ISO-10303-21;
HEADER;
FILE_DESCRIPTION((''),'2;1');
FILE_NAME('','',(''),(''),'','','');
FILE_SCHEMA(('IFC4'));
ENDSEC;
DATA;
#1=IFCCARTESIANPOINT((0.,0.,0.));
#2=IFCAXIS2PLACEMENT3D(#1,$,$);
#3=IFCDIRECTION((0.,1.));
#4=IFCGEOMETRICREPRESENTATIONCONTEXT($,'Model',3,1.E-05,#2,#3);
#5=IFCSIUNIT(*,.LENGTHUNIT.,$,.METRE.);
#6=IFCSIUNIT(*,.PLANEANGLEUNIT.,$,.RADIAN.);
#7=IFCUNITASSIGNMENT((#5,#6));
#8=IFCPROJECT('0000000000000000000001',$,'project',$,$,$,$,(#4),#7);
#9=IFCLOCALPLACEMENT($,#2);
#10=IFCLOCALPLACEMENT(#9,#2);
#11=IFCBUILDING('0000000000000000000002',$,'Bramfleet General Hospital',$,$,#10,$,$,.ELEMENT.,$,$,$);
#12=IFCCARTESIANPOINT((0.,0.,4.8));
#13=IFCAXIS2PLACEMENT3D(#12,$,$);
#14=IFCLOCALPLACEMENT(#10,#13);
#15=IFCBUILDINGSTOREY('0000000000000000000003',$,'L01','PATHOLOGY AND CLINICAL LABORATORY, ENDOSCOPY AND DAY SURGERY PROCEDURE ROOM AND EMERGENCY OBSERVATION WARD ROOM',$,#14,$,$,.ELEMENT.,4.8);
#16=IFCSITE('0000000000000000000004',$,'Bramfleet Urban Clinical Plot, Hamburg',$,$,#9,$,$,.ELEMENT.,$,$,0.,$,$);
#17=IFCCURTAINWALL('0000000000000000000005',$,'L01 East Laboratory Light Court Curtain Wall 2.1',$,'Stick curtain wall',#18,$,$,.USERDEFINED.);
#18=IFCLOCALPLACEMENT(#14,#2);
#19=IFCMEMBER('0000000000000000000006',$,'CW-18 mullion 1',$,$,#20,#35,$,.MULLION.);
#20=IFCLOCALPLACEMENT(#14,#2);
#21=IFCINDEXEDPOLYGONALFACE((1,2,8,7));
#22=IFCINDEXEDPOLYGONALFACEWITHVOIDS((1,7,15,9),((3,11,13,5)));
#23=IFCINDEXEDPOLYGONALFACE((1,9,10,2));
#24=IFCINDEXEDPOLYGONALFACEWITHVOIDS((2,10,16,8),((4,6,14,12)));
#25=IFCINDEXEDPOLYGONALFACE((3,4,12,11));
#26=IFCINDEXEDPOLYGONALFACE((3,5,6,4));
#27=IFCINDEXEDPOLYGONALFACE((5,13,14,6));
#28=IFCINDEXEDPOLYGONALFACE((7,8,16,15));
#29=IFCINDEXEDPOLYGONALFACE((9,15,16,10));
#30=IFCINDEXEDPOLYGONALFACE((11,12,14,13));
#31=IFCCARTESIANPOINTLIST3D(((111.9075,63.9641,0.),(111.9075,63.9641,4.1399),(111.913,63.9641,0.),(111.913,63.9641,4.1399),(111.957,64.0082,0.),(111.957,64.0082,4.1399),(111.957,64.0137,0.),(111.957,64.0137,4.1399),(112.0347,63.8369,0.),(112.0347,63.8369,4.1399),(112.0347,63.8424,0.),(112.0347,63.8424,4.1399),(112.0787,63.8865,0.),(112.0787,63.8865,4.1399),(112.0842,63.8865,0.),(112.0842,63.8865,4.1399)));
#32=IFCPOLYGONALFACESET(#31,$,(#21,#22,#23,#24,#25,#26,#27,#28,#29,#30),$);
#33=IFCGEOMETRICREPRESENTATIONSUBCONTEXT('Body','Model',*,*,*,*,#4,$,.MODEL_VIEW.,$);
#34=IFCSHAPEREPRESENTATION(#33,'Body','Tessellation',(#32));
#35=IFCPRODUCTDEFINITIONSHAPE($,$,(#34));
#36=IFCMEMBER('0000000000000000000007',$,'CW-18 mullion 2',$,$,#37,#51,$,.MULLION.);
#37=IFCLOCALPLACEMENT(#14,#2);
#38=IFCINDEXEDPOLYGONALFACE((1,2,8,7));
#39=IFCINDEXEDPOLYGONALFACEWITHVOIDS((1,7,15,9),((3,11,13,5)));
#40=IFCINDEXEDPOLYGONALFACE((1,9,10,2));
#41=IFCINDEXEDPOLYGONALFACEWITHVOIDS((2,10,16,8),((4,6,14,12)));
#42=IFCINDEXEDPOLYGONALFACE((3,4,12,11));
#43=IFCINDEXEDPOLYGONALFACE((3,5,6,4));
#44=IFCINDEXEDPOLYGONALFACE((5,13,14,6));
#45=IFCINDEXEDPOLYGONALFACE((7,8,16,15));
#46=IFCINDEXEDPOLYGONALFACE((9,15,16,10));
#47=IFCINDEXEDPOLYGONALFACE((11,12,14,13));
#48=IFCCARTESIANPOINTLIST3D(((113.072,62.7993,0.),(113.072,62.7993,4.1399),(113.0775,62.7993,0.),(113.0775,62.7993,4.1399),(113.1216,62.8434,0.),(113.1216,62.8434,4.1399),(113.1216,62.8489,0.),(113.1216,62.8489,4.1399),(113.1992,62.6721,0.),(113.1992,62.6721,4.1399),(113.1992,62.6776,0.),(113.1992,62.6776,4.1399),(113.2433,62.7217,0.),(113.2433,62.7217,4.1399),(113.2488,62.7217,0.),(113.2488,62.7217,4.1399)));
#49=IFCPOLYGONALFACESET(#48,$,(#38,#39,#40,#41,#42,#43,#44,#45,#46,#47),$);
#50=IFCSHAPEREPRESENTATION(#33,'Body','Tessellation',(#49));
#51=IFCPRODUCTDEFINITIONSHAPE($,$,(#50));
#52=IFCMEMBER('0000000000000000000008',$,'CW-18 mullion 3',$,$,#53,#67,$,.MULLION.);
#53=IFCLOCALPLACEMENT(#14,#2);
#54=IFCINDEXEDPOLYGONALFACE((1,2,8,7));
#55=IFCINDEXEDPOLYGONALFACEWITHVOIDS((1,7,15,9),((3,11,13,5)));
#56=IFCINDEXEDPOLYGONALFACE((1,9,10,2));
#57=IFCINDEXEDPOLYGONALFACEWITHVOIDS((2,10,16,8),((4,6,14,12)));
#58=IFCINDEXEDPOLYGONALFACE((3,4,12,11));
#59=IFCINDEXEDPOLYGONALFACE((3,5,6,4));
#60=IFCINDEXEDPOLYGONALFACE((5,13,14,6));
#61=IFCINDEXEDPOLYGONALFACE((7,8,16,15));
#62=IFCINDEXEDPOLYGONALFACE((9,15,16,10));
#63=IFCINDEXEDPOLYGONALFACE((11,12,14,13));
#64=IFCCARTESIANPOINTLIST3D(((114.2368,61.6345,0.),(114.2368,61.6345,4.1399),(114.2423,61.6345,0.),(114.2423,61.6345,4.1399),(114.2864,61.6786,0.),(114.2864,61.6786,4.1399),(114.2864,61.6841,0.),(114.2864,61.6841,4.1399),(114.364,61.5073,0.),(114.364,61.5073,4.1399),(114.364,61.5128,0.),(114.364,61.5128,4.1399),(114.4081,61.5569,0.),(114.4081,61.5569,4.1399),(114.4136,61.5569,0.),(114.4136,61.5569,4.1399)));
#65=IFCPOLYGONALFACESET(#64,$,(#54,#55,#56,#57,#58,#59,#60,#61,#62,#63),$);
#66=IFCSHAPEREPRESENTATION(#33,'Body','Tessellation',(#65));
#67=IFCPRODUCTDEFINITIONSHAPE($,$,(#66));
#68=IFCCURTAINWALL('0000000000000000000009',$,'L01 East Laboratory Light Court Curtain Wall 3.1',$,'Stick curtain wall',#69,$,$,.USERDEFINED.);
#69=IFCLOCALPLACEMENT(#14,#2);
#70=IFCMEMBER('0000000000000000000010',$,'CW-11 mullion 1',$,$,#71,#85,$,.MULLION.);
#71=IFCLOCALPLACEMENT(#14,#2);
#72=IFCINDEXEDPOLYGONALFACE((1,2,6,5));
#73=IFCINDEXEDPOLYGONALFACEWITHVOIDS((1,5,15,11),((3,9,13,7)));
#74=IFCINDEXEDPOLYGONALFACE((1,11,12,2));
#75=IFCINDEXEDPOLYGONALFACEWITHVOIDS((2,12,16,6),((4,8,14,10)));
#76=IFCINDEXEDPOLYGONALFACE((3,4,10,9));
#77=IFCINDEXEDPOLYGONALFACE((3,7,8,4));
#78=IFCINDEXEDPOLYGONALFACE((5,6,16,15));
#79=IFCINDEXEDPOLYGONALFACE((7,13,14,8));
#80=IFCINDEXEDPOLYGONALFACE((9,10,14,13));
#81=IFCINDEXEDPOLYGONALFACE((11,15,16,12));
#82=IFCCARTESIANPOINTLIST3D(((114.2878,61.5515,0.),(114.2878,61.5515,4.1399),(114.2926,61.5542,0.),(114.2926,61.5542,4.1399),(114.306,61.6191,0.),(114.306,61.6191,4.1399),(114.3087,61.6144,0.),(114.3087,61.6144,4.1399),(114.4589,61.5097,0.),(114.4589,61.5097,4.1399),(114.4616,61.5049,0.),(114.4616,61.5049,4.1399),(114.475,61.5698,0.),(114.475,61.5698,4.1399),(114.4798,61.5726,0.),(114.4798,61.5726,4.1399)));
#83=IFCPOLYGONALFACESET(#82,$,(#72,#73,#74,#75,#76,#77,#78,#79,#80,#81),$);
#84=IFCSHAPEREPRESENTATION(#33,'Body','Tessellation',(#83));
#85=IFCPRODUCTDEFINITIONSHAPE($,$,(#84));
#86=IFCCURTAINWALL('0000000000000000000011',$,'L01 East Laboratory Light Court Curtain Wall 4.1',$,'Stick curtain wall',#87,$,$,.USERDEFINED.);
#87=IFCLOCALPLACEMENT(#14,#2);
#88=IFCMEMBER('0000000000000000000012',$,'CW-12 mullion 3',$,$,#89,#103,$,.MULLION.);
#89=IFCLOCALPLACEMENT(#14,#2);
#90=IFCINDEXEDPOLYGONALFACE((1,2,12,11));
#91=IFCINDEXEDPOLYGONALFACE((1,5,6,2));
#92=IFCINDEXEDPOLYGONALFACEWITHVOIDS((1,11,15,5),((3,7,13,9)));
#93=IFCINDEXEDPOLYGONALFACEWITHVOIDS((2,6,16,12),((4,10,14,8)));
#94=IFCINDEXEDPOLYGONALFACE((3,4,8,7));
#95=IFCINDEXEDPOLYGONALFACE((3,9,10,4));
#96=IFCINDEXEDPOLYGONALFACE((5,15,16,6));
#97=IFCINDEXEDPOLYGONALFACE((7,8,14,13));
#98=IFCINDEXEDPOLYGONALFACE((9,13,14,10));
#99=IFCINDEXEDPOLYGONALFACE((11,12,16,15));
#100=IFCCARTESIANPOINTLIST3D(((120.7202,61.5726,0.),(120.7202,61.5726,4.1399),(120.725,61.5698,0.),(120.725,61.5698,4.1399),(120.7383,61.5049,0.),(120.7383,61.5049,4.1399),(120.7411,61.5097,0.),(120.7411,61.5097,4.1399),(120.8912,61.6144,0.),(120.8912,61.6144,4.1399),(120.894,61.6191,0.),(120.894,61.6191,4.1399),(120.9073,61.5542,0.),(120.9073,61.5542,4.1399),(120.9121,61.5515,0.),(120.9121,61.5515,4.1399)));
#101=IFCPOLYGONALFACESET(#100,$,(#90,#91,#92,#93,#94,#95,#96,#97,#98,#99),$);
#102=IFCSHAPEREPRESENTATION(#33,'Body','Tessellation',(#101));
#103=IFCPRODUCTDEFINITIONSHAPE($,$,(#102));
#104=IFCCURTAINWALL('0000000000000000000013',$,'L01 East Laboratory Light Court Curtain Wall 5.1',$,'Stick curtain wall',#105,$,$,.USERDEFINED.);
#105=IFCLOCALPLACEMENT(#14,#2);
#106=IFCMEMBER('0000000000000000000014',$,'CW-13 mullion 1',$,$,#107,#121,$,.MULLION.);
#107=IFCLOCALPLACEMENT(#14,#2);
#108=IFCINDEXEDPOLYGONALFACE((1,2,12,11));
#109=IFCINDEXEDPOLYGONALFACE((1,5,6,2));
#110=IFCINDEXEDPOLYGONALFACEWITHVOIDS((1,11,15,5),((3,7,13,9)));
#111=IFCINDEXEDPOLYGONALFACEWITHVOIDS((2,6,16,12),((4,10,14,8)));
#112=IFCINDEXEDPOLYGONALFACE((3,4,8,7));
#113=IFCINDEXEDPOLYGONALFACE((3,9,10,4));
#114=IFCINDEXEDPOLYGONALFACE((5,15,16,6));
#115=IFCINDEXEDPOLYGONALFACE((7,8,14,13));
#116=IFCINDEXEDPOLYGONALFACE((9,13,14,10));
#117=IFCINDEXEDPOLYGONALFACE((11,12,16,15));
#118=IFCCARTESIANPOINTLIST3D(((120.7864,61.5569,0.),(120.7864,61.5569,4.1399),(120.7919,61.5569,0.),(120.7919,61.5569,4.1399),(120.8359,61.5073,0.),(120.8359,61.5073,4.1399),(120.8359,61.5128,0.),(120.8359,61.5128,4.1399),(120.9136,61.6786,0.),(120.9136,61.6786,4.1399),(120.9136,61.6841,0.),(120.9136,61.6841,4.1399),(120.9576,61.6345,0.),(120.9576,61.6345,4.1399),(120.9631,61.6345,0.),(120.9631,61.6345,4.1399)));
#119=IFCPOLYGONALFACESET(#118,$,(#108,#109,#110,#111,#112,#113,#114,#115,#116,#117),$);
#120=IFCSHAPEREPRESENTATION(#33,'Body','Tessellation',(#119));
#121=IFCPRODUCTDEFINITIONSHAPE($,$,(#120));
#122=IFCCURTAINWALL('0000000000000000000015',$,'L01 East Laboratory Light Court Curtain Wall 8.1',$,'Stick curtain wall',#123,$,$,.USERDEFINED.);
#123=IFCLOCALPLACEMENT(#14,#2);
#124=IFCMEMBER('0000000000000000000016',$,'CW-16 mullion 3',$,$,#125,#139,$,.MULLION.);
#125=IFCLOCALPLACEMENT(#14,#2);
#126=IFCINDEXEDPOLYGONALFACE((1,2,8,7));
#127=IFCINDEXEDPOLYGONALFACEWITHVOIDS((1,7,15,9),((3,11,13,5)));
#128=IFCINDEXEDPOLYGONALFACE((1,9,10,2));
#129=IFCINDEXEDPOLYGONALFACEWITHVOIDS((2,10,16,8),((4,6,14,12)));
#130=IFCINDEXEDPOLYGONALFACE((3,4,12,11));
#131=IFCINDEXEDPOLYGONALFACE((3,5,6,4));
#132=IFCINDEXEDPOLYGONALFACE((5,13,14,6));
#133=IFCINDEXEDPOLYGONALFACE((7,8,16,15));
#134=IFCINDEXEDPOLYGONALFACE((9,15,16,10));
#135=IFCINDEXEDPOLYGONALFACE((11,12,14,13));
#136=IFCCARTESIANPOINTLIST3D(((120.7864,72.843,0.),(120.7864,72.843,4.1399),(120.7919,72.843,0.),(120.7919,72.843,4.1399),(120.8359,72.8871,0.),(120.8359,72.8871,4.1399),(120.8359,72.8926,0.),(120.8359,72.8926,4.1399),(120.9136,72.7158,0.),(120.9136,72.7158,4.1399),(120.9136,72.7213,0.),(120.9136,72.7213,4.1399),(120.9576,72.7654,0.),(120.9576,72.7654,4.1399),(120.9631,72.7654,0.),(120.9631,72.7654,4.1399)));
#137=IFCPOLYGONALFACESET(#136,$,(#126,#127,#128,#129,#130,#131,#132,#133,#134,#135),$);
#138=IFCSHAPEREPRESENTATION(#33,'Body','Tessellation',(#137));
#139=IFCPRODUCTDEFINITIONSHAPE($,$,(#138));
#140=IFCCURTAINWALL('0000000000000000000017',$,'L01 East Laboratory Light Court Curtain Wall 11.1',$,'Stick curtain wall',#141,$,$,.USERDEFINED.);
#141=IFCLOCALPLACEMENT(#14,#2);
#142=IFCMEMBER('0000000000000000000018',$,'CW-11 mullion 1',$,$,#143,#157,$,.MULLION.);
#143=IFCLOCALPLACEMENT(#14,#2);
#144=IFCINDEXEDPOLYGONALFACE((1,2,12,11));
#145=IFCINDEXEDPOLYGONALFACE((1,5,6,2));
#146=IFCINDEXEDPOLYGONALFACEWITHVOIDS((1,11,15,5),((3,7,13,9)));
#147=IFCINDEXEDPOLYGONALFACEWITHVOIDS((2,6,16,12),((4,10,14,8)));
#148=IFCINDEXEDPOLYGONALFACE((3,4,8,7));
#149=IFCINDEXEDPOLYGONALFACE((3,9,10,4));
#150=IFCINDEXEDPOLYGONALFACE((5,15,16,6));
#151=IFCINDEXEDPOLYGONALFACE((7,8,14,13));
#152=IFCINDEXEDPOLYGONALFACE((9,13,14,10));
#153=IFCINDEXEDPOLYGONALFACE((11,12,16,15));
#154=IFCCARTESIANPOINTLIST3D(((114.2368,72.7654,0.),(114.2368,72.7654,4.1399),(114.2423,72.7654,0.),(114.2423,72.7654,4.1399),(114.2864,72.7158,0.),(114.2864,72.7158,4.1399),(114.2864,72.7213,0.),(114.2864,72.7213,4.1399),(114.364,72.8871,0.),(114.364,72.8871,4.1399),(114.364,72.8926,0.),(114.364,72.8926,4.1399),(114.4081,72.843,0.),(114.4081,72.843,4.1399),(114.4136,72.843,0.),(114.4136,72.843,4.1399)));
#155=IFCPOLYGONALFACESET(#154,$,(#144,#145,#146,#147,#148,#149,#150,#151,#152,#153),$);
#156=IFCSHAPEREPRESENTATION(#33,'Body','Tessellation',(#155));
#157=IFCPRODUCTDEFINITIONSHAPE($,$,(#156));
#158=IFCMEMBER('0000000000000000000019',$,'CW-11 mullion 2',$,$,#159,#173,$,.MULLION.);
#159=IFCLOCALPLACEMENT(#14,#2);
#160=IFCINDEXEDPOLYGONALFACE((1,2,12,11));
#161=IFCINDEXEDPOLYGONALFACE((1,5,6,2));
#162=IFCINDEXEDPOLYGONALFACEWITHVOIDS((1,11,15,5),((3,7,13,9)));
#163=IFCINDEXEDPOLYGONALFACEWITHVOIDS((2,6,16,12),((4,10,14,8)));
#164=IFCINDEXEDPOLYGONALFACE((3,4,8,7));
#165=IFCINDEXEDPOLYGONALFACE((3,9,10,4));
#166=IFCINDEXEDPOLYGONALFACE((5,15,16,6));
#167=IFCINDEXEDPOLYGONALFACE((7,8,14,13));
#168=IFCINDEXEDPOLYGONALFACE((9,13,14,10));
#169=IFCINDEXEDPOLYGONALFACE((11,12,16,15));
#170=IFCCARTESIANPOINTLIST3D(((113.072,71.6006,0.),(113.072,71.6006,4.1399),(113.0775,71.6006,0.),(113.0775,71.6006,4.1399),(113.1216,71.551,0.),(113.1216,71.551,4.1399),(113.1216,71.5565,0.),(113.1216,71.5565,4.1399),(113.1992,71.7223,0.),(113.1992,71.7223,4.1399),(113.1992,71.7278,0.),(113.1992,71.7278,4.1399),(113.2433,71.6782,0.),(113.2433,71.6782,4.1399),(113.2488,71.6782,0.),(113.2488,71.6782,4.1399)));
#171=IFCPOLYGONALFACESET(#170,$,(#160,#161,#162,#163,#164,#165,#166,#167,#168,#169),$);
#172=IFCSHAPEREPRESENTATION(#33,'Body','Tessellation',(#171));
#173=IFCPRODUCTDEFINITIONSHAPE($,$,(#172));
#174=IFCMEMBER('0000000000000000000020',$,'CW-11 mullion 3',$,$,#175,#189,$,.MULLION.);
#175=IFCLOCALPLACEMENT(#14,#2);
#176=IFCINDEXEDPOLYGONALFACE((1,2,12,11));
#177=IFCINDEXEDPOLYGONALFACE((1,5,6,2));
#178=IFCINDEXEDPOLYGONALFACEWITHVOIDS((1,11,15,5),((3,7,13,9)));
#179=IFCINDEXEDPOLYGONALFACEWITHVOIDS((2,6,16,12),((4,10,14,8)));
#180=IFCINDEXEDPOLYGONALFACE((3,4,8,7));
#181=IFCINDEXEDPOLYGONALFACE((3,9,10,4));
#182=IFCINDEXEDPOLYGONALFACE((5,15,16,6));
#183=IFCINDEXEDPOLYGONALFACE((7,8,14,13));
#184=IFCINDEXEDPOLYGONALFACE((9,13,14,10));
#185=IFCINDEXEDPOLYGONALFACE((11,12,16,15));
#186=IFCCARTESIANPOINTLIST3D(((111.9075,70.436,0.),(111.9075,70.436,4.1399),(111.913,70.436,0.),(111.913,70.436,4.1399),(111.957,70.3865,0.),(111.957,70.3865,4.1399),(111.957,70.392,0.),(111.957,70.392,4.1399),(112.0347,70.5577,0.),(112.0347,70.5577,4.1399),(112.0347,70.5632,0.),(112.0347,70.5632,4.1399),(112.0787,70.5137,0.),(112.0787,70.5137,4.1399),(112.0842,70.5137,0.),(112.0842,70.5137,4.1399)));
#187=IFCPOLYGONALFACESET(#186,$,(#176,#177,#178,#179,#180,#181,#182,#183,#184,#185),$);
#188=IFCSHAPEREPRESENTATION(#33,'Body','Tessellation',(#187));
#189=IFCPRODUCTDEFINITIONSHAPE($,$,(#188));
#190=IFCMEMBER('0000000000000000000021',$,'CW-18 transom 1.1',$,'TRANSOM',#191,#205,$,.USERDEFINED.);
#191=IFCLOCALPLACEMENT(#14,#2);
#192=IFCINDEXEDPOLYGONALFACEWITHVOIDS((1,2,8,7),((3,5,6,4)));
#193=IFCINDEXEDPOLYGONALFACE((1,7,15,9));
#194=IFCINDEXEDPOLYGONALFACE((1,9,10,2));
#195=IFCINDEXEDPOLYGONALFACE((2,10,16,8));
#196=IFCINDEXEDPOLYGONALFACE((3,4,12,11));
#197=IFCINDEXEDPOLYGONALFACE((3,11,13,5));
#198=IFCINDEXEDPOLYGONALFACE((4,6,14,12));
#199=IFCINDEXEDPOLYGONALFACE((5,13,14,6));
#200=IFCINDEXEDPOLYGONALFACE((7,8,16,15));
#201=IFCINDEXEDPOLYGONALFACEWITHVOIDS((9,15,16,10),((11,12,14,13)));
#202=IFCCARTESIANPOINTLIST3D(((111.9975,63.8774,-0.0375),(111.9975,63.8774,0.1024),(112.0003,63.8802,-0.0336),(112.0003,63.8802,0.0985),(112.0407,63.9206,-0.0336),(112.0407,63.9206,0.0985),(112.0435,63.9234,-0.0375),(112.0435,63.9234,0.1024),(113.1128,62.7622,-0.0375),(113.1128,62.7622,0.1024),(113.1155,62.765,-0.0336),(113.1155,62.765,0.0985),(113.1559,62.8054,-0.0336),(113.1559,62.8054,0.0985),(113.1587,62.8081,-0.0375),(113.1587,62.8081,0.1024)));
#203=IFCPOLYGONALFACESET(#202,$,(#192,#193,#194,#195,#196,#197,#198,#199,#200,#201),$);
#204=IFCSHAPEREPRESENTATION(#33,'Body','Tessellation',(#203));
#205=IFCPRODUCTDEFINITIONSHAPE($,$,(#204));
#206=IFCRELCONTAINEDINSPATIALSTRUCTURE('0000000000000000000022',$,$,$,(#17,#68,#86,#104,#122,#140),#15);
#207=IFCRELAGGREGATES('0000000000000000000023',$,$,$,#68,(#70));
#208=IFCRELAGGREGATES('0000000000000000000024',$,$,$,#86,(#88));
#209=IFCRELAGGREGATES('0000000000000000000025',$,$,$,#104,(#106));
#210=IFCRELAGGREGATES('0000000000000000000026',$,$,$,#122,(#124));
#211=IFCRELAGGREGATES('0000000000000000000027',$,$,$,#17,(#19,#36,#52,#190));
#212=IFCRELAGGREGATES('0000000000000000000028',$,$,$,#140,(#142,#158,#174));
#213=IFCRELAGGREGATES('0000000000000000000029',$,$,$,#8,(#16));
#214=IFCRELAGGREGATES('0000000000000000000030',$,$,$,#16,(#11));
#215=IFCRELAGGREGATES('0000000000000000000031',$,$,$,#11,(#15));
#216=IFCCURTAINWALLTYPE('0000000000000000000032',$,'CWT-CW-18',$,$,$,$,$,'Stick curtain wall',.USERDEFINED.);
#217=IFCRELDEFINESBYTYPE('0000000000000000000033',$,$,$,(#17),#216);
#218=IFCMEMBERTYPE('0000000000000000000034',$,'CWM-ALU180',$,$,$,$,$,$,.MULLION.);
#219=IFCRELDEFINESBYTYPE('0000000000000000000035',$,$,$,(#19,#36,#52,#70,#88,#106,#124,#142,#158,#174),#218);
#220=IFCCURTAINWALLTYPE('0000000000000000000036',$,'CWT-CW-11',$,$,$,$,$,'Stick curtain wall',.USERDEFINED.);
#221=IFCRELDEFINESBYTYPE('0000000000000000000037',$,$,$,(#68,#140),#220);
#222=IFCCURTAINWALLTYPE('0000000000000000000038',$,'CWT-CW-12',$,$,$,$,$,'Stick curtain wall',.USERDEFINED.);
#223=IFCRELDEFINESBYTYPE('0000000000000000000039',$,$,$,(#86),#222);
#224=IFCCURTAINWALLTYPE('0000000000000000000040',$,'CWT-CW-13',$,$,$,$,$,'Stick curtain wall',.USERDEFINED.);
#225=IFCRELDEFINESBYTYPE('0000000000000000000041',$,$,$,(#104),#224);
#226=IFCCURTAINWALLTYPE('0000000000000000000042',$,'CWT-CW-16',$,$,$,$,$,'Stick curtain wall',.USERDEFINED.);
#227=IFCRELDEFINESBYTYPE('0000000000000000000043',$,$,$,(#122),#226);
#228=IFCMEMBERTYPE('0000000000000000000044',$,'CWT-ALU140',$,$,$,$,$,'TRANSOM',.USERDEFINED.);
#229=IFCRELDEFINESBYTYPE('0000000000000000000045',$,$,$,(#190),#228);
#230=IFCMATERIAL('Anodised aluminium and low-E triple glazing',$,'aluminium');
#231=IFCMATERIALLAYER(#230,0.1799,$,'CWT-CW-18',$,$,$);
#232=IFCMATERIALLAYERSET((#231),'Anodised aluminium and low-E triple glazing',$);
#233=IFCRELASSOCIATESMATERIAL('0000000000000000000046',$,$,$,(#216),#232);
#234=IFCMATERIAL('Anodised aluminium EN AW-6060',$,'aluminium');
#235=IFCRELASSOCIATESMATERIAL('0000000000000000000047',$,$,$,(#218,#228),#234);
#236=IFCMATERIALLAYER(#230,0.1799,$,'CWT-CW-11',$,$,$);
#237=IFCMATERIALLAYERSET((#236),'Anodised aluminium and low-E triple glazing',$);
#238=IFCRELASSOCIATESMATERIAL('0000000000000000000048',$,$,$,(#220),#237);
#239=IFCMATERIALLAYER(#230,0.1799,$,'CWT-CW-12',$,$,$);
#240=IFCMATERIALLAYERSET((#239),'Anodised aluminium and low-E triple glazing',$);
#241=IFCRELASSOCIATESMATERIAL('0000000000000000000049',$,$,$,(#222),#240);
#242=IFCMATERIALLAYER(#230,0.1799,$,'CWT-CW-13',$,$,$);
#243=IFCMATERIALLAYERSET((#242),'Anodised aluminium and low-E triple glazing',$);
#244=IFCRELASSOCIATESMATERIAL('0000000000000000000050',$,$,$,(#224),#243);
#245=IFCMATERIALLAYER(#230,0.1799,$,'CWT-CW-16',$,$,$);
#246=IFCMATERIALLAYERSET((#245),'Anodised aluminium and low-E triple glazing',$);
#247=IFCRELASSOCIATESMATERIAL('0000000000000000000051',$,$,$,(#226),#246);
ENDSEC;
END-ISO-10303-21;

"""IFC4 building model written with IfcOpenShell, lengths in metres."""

from ifc_helpers import new_model, si_unit, direction, frame, origin, origin_2d, place, context, subcontext, project, spatial, hollow_rectangle, extrude, material, layer, layer_set, material_profile, profile_set, type_object, element, aggregate, save


model = new_model("IFC4")

# Units and contexts
model_context = context("Model", 3, precision=1e-05, world=origin(), true_north=direction((0.0, 1.0)))
body_context = subcontext(model_context, "Body", "Model", "MODEL_VIEW")
ifc_project = project(units=[si_unit("LENGTHUNIT", "METRE"), si_unit("PLANEANGLEUNIT", "RADIAN")], contexts=[model_context])

# Site, building, storey
site_placement = place(None, origin())
site = spatial("IfcSite", under=ifc_project, at=site_placement, Name="Bramfleet Urban Clinical Plot, Hamburg", CompositionType="ELEMENT", RefElevation=0.0)
building_placement = place(site_placement, origin())
building = spatial("IfcBuilding", under=site, at=building_placement, Name="Bramfleet General Hospital", CompositionType="ELEMENT")
storey_placement = place(building_placement, frame((0.0, 0.0, 4.8)))
storey = spatial("IfcBuildingStorey", under=building, at=storey_placement, Name="L01", Description="PATHOLOGY AND CLINICAL LABORATORY, ENDOSCOPY AND DAY SURGERY PROCEDURE ROOM AND EMERGENCY OBSERVATION WARD ROOM", CompositionType="ELEMENT", Elevation=4.8)

# Curtain wall, members
ifc_material_1 = material(Name="Anodised aluminium and low-E triple glazing", Category="aluminium")
ifc_layer_1 = layer(ifc_material_1, 0.1799, Name="CWT-CW-18")
ifc_layer_set_1 = layer_set([ifc_layer_1], Name="Anodised aluminium and low-E triple glazing")
curtain_wall_type_1 = type_object("IfcCurtainWallType", Name="CWT-CW-18", ElementType="Stick curtain wall", PredefinedType="USERDEFINED", material=ifc_layer_set_1)
curtain_wall_1_placement = place(storey_placement, origin())
curtain_wall_1 = element("IfcCurtainWall", 1, at=curtain_wall_1_placement, inside=storey, type_object=curtain_wall_type_1, Name="L01 East Laboratory Light Court Curtain Wall 2.1", ObjectType="Stick curtain wall", PredefinedType="USERDEFINED")
ifc_material_2 = material(Name="Anodised aluminium EN AW-6060", Category="aluminium")
ifc_material_profile_1 = material_profile(ifc_material_2, hollow_rectangle(XDim=0.0701, YDim=0.1799, WallThickness=0.0039, at=origin_2d()), Name="ALU 180x70x4.0")
ifc_profile_set_1 = profile_set([ifc_material_profile_1], Name="Anodised aluminium EN AW-6060")
member_type_1 = type_object("IfcMemberType", Name="CWM-ALU180", PredefinedType="MULLION", material=ifc_profile_set_1)
member_1_placement = place(storey_placement, frame((111.9958, 63.9253, 0.0), z_axis=(0.0, 0.0, 1.0), x_axis=(0.707107, 0.707107, 0.0)))
member_1 = element("IfcMember", 2, at=member_1_placement, type_object=member_type_1, Name="CW-18 mullion 1", PredefinedType="MULLION", context=body_context, shape_type="SweptSolid", body=[
    extrude(hollow_rectangle(XDim=0.0701, YDim=0.1799, WallThickness=0.0039, at=origin_2d()), origin(), (0.0, 0.0, 1.0), 4.1399),
])
member_2_placement = place(storey_placement, frame((113.1604, 62.7605, 0.0), z_axis=(0.0, 0.0, 1.0), x_axis=(0.707107, 0.707107, 0.0)))
member_2 = element("IfcMember", 3, at=member_2_placement, type_object=member_type_1, Name="CW-18 mullion 2", PredefinedType="MULLION", context=body_context, shape_type="SweptSolid", body=[
    extrude(hollow_rectangle(XDim=0.0701, YDim=0.1799, WallThickness=0.0039, at=origin_2d()), origin(), (0.0, 0.0, 1.0), 4.1399),
])
member_3_placement = place(storey_placement, frame((114.3252, 61.5957, 0.0), z_axis=(0.0, 0.0, 1.0), x_axis=(0.707107, 0.707107, 0.0)))
member_3 = element("IfcMember", 4, at=member_3_placement, type_object=member_type_1, Name="CW-18 mullion 3", PredefinedType="MULLION", context=body_context, shape_type="SweptSolid", body=[
    extrude(hollow_rectangle(XDim=0.0701, YDim=0.1799, WallThickness=0.0039, at=origin_2d()), origin(), (0.0, 0.0, 1.0), 4.1399),
])

# Curtain walls, members
ifc_layer_2 = layer(ifc_material_1, 0.1799, Name="CWT-CW-11")
ifc_layer_set_2 = layer_set([ifc_layer_2], Name="Anodised aluminium and low-E triple glazing")
curtain_wall_type_2 = type_object("IfcCurtainWallType", Name="CWT-CW-11", ElementType="Stick curtain wall", PredefinedType="USERDEFINED", material=ifc_layer_set_2)
curtain_wall_2_placement = place(storey_placement, origin())
curtain_wall_2 = element("IfcCurtainWall", 5, at=curtain_wall_2_placement, inside=storey, type_object=curtain_wall_type_2, Name="L01 East Laboratory Light Court Curtain Wall 3.1", ObjectType="Stick curtain wall", PredefinedType="USERDEFINED")
member_4_placement = place(storey_placement, frame((114.3838, 61.562, 0.0), z_axis=(0.0, 0.0, 1.0), x_axis=(0.258865, 0.965914, 0.0)))
member_4 = element("IfcMember", 6, at=member_4_placement, type_object=member_type_1, Name="CW-11 mullion 1", PredefinedType="MULLION", context=body_context, shape_type="SweptSolid", body=[
    extrude(hollow_rectangle(XDim=0.0701, YDim=0.1799, WallThickness=0.0039, at=origin_2d()), origin(), (0.0, 0.0, 1.0), 4.1399),
])
aggregate(curtain_wall_2, [member_4])
ifc_layer_3 = layer(ifc_material_1, 0.1799, Name="CWT-CW-12")
ifc_layer_set_3 = layer_set([ifc_layer_3], Name="Anodised aluminium and low-E triple glazing")
curtain_wall_type_3 = type_object("IfcCurtainWallType", Name="CWT-CW-12", ElementType="Stick curtain wall", PredefinedType="USERDEFINED", material=ifc_layer_set_3)
curtain_wall_3_placement = place(storey_placement, origin())
curtain_wall_3 = element("IfcCurtainWall", 7, at=curtain_wall_3_placement, inside=storey, type_object=curtain_wall_type_3, Name="L01 East Laboratory Light Court Curtain Wall 4.1", ObjectType="Stick curtain wall", PredefinedType="USERDEFINED")
member_5_placement = place(storey_placement, frame((120.8162, 61.562, 0.0), z_axis=(0.0, 0.0, 1.0), x_axis=(-0.258865, 0.965914, 0.0)))
member_5 = element("IfcMember", 8, at=member_5_placement, type_object=member_type_1, Name="CW-12 mullion 3", PredefinedType="MULLION", context=body_context, shape_type="SweptSolid", body=[
    extrude(hollow_rectangle(XDim=0.0701, YDim=0.1799, WallThickness=0.0039, at=origin_2d()), origin(), (0.0, 0.0, 1.0), 4.1399),
])
aggregate(curtain_wall_3, [member_5])
ifc_layer_4 = layer(ifc_material_1, 0.1799, Name="CWT-CW-13")
ifc_layer_set_4 = layer_set([ifc_layer_4], Name="Anodised aluminium and low-E triple glazing")
curtain_wall_type_4 = type_object("IfcCurtainWallType", Name="CWT-CW-13", ElementType="Stick curtain wall", PredefinedType="USERDEFINED", material=ifc_layer_set_4)
curtain_wall_4_placement = place(storey_placement, origin())
curtain_wall_4 = element("IfcCurtainWall", 9, at=curtain_wall_4_placement, inside=storey, type_object=curtain_wall_type_4, Name="L01 East Laboratory Light Court Curtain Wall 5.1", ObjectType="Stick curtain wall", PredefinedType="USERDEFINED")
member_6_placement = place(storey_placement, frame((120.8748, 61.5957, 0.0), z_axis=(0.0, 0.0, 1.0), x_axis=(-0.707107, 0.707107, 0.0)))
member_6 = element("IfcMember", 10, at=member_6_placement, type_object=member_type_1, Name="CW-13 mullion 1", PredefinedType="MULLION", context=body_context, shape_type="SweptSolid", body=[
    extrude(hollow_rectangle(XDim=0.0701, YDim=0.1799, WallThickness=0.0039, at=origin_2d()), origin(), (0.0, 0.0, 1.0), 4.1399),
])
aggregate(curtain_wall_4, [member_6])
ifc_layer_5 = layer(ifc_material_1, 0.1799, Name="CWT-CW-16")
ifc_layer_set_5 = layer_set([ifc_layer_5], Name="Anodised aluminium and low-E triple glazing")
curtain_wall_type_5 = type_object("IfcCurtainWallType", Name="CWT-CW-16", ElementType="Stick curtain wall", PredefinedType="USERDEFINED", material=ifc_layer_set_5)
curtain_wall_5_placement = place(storey_placement, origin())
curtain_wall_5 = element("IfcCurtainWall", 11, at=curtain_wall_5_placement, inside=storey, type_object=curtain_wall_type_5, Name="L01 East Laboratory Light Court Curtain Wall 8.1", ObjectType="Stick curtain wall", PredefinedType="USERDEFINED")
member_7_placement = place(storey_placement, frame((120.8748, 72.8042, 0.0), z_axis=(0.0, 0.0, 1.0), x_axis=(-0.707107, -0.707107, 0.0)))
member_7 = element("IfcMember", 12, at=member_7_placement, type_object=member_type_1, Name="CW-16 mullion 3", PredefinedType="MULLION", context=body_context, shape_type="SweptSolid", body=[
    extrude(hollow_rectangle(XDim=0.0701, YDim=0.1799, WallThickness=0.0039, at=origin_2d()), origin(), (0.0, 0.0, 1.0), 4.1399),
])
aggregate(curtain_wall_5, [member_7])

# Curtain wall, members
curtain_wall_6_placement = place(storey_placement, origin())
curtain_wall_6 = element("IfcCurtainWall", 13, at=curtain_wall_6_placement, inside=storey, type_object=curtain_wall_type_2, Name="L01 East Laboratory Light Court Curtain Wall 11.1", ObjectType="Stick curtain wall", PredefinedType="USERDEFINED")
member_8_placement = place(storey_placement, frame((114.3252, 72.8042, 0.0), z_axis=(0.0, 0.0, 1.0), x_axis=(0.707107, -0.707107, 0.0)))
member_8 = element("IfcMember", 14, at=member_8_placement, type_object=member_type_1, Name="CW-11 mullion 1", PredefinedType="MULLION", context=body_context, shape_type="SweptSolid", body=[
    extrude(hollow_rectangle(XDim=0.0701, YDim=0.1799, WallThickness=0.0039, at=origin_2d()), origin(), (0.0, 0.0, 1.0), 4.1399),
])
member_9_placement = place(storey_placement, frame((113.1604, 71.6394, 0.0), z_axis=(0.0, 0.0, 1.0), x_axis=(0.707107, -0.707107, 0.0)))
member_9 = element("IfcMember", 15, at=member_9_placement, type_object=member_type_1, Name="CW-11 mullion 2", PredefinedType="MULLION", context=body_context, shape_type="SweptSolid", body=[
    extrude(hollow_rectangle(XDim=0.0701, YDim=0.1799, WallThickness=0.0039, at=origin_2d()), origin(), (0.0, 0.0, 1.0), 4.1399),
])
member_10_placement = place(storey_placement, frame((111.9958, 70.4749, 0.0), z_axis=(0.0, 0.0, 1.0), x_axis=(0.707107, -0.707107, 0.0)))
member_10 = element("IfcMember", 16, at=member_10_placement, type_object=member_type_1, Name="CW-11 mullion 3", PredefinedType="MULLION", context=body_context, shape_type="SweptSolid", body=[
    extrude(hollow_rectangle(XDim=0.0701, YDim=0.1799, WallThickness=0.0039, at=origin_2d()), origin(), (0.0, 0.0, 1.0), 4.1399),
])

# Member
ifc_material_profile_2 = material_profile(ifc_material_2, hollow_rectangle(XDim=0.0649, YDim=0.1399, WallThickness=0.0039, at=origin_2d()), Name="ALU 140x65x4.0")
ifc_profile_set_2 = profile_set([ifc_material_profile_2], Name="Anodised aluminium EN AW-6060")
member_type_2 = type_object("IfcMemberType", Name="CWT-ALU140", ElementType="TRANSOM", PredefinedType="USERDEFINED", material=ifc_profile_set_2)
member_11_placement = place(storey_placement, frame((112.0205, 63.9004, 0.0325), z_axis=(0.707107, -0.707107, 0.0), x_axis=(0.707107, 0.707107, 0.0)))
member_11 = element("IfcMember", 17, at=member_11_placement, type_object=member_type_2, Name="CW-18 transom 1.1", ObjectType="TRANSOM", PredefinedType="USERDEFINED", context=body_context, shape_type="SweptSolid", body=[
    extrude(hollow_rectangle(XDim=0.0649, YDim=0.1399, WallThickness=0.0039, at=origin_2d()), origin(), (0.0, 0.0, 1.0), 1.5771),
])

aggregate(curtain_wall_1, [member_1, member_2, member_3, member_11])
aggregate(curtain_wall_6, [member_8, member_9, member_10])

save(model, "model.ifc")
